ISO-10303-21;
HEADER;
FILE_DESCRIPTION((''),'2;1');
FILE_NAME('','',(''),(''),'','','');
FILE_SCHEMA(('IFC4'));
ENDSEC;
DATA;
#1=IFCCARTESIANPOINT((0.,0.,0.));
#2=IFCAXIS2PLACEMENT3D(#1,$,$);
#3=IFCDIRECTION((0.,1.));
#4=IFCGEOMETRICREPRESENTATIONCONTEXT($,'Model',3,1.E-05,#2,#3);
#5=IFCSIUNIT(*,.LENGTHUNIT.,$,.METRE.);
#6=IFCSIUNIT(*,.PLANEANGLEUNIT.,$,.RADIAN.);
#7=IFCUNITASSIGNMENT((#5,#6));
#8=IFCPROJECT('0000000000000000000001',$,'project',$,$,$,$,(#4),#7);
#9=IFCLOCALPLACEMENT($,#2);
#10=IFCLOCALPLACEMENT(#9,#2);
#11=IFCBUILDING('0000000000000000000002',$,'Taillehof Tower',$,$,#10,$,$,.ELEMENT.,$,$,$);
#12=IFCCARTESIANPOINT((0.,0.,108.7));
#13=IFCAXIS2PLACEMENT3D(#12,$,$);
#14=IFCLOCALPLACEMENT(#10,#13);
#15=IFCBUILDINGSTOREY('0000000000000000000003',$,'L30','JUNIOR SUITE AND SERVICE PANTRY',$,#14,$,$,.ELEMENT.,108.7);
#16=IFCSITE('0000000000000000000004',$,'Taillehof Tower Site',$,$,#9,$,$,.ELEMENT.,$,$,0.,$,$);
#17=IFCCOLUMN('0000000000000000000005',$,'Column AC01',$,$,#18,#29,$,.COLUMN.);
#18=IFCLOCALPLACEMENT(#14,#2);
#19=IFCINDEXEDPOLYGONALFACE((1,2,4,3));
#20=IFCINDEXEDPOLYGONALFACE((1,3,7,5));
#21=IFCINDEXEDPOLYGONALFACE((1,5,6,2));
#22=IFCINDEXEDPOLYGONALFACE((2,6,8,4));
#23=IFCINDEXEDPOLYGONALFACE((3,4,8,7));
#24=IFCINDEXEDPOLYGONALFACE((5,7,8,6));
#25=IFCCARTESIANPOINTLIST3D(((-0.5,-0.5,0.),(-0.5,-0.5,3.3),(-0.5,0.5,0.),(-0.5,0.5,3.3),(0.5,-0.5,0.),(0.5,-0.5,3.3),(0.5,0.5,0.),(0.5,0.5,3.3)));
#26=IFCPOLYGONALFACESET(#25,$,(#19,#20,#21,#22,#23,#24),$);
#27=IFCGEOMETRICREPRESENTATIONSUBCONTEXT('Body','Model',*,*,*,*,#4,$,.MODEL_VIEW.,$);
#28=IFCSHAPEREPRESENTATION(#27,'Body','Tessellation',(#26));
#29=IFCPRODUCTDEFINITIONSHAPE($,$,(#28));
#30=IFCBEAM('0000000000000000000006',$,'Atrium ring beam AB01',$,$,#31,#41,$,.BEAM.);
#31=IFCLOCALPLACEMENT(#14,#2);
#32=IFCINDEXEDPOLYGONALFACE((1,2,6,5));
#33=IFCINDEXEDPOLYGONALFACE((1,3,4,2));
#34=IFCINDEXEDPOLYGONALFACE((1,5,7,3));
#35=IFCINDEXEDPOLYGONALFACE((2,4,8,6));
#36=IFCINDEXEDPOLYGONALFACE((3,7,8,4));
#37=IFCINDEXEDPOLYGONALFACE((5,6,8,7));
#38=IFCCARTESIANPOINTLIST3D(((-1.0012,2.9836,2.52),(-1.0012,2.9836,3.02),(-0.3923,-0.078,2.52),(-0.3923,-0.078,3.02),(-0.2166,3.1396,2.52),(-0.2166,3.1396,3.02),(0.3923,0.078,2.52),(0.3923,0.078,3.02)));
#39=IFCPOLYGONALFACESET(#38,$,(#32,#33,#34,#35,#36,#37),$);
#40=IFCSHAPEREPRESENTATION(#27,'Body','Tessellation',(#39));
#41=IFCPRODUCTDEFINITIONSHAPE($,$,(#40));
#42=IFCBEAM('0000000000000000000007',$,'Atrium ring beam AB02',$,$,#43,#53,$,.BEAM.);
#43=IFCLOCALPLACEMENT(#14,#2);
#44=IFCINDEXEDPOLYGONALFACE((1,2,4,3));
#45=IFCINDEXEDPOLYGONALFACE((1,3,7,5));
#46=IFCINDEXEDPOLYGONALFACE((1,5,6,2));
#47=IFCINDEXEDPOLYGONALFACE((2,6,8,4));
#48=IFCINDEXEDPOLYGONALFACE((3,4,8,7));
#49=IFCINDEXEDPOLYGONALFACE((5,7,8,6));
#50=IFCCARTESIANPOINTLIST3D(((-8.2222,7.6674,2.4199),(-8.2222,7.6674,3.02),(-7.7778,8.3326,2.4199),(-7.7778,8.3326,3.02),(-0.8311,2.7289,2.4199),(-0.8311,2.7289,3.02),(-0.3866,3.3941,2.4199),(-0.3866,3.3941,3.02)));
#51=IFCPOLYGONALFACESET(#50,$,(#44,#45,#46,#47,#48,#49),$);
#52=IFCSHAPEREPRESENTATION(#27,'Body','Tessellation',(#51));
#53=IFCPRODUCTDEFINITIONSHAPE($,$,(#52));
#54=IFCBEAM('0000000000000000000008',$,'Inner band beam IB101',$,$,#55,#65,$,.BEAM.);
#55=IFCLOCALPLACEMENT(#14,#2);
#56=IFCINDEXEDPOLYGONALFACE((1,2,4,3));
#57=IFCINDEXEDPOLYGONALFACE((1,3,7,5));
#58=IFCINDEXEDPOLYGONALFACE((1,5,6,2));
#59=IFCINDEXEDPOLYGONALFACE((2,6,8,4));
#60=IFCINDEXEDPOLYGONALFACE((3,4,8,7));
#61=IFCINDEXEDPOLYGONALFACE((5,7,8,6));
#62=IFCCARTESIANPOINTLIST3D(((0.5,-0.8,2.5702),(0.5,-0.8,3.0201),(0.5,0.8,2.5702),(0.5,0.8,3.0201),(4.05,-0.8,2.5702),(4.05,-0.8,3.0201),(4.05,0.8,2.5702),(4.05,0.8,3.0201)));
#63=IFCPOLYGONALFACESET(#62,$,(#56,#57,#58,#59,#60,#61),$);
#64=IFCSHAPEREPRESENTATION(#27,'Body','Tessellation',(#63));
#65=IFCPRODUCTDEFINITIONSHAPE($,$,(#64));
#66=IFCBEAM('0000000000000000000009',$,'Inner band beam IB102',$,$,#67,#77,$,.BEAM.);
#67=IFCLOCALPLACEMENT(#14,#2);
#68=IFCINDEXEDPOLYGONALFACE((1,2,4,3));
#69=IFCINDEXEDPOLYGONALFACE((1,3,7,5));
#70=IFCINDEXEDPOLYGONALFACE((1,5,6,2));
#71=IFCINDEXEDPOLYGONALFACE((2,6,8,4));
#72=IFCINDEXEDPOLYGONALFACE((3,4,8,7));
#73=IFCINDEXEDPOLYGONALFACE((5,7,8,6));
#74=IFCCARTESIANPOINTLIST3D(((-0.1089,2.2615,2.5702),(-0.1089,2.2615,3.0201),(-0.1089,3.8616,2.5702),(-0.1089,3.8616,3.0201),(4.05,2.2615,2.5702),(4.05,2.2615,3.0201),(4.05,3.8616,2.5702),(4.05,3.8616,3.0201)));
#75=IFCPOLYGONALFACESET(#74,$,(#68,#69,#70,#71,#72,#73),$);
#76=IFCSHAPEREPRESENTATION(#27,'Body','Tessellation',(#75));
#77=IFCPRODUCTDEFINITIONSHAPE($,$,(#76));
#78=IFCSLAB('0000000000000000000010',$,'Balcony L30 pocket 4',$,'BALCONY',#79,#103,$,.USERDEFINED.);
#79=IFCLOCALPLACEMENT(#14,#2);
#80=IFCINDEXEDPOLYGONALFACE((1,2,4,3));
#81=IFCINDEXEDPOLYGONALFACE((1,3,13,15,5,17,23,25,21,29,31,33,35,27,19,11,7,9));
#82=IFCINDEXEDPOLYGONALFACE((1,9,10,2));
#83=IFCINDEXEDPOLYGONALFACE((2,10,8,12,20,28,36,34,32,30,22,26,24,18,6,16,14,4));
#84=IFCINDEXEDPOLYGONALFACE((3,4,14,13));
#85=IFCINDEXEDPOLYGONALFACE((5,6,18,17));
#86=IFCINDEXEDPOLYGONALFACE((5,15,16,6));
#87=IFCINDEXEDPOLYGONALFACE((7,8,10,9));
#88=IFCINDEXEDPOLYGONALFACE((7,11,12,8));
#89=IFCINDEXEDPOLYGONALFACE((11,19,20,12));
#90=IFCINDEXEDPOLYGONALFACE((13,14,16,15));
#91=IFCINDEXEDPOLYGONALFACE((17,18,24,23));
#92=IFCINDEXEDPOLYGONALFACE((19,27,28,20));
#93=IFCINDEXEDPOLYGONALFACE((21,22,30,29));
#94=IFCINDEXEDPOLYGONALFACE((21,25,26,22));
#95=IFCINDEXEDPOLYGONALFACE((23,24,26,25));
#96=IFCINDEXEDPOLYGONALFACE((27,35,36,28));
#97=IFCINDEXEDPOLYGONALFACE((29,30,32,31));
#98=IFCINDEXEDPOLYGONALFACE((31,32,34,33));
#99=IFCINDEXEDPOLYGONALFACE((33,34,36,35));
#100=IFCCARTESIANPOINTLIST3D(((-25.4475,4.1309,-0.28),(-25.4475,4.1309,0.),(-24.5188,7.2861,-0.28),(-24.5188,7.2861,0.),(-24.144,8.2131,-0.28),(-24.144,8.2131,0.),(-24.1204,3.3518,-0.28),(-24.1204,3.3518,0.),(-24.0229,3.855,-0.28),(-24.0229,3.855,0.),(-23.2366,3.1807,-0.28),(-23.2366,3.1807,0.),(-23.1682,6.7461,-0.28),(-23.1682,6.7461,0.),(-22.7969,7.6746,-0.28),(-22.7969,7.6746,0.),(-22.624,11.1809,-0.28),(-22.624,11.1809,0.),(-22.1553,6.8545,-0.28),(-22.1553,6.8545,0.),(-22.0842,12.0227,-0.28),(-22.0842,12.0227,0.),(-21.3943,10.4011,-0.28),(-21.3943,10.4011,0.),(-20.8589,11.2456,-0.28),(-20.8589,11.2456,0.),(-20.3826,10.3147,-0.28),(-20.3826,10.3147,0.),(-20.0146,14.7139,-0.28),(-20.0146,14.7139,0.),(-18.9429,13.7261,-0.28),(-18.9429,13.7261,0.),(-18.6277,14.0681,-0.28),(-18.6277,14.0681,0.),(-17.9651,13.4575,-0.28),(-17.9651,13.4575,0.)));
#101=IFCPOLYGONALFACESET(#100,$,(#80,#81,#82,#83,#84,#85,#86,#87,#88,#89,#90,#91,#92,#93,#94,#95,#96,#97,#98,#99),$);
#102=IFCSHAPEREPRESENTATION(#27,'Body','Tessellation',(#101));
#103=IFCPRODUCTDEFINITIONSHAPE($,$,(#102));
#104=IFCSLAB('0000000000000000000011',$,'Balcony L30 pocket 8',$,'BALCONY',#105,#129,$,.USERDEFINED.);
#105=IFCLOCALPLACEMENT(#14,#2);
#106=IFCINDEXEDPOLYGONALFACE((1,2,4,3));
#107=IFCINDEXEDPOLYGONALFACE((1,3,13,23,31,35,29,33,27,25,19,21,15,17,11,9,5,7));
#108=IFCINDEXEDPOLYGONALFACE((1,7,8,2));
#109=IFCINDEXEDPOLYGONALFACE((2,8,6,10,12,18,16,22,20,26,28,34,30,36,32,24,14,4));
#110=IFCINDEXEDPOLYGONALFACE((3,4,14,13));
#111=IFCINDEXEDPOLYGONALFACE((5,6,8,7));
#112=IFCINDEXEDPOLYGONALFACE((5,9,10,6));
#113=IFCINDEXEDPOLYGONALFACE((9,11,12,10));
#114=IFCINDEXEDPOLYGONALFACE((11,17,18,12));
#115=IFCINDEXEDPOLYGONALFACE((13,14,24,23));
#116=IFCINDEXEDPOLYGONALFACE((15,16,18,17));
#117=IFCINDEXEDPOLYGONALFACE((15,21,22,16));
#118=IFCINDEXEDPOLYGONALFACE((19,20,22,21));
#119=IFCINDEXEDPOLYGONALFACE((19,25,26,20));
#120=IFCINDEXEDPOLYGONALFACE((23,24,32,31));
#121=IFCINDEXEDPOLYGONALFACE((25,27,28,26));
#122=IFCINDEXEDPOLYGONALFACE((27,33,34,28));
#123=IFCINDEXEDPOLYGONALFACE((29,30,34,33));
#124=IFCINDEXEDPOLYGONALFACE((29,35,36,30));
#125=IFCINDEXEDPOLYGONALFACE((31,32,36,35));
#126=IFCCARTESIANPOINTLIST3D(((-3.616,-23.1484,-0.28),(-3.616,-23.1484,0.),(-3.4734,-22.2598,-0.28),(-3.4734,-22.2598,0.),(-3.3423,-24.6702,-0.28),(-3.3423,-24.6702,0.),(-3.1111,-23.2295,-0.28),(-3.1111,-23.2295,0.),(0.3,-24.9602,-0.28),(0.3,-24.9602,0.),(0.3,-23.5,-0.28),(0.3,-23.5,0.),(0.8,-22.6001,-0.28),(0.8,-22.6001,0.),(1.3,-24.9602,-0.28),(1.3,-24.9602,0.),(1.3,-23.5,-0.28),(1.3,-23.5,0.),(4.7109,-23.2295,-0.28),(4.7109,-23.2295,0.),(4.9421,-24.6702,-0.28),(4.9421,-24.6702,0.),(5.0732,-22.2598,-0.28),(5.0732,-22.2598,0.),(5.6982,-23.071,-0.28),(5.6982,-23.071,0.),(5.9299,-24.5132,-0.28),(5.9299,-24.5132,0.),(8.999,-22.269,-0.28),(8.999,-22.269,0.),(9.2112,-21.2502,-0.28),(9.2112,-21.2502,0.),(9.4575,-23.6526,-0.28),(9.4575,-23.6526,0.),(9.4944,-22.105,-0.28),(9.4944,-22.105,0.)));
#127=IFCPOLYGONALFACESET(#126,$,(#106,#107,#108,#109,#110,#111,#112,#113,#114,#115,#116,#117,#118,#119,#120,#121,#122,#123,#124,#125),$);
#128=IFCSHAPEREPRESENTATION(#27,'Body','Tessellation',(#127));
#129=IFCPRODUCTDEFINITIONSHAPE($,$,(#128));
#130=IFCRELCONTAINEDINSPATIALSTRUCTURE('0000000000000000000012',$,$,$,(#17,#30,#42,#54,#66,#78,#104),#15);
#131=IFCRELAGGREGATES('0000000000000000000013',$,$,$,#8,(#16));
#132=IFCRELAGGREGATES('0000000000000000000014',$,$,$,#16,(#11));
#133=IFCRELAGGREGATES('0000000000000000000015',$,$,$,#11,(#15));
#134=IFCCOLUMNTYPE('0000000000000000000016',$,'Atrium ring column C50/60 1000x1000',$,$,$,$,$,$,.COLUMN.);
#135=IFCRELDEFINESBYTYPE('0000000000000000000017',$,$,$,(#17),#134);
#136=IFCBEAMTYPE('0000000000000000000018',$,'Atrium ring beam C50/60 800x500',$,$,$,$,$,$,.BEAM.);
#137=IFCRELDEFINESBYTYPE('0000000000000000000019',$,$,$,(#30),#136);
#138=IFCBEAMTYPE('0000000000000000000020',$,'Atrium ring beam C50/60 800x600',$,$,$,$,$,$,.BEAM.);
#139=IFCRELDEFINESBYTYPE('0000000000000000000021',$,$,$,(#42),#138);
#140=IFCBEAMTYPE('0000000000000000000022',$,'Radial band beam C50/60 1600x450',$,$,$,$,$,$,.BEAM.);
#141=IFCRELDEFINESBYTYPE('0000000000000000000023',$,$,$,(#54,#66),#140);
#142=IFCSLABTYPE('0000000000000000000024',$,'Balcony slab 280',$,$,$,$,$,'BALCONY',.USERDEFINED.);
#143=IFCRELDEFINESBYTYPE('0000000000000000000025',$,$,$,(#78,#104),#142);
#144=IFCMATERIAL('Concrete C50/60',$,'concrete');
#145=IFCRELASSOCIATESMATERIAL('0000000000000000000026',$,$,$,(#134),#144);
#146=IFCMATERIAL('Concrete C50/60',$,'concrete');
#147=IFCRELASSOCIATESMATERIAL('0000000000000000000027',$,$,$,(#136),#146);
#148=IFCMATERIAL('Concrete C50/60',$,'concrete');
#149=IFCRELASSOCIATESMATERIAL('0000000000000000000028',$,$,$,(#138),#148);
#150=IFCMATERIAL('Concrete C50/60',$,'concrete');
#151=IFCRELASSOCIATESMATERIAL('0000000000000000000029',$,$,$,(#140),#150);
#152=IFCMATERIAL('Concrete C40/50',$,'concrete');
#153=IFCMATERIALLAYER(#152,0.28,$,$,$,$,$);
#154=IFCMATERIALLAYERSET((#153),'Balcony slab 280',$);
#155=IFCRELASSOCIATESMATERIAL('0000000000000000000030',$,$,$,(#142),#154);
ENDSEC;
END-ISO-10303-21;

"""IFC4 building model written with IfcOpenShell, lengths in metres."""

from ifc_helpers import new_model, si_unit, direction, frame, origin, origin_with_axes, origin_2d, place, context, subcontext, project, spatial, polyline, rectangle, outline, extrude, material, layer, layer_set, material_profile, profile_set, type_object, element, save


model = new_model("IFC4")

# Units and contexts
model_context = context("Model", 3, precision=1e-05, world=origin(), true_north=direction((0.0, 1.0)))
body_context = subcontext(model_context, "Body", "Model", "MODEL_VIEW")
ifc_project = project(units=[si_unit("LENGTHUNIT", "METRE"), si_unit("PLANEANGLEUNIT", "RADIAN")], contexts=[model_context])

# Site, building, storey
site_placement = place(None, origin())
site = spatial("IfcSite", under=ifc_project, at=site_placement, Name="Taillehof Tower Site", CompositionType="ELEMENT", RefElevation=0.0)
building_placement = place(site_placement, origin())
building = spatial("IfcBuilding", under=site, at=building_placement, Name="Taillehof Tower", CompositionType="ELEMENT")
storey_placement = place(building_placement, frame((0.0, 0.0, 108.7)))
storey = spatial("IfcBuildingStorey", under=building, at=storey_placement, Name="L30", Description="JUNIOR SUITE AND SERVICE PANTRY", CompositionType="ELEMENT", Elevation=108.7)

# Column
ifc_material_1 = material(Name="Concrete C50/60", Category="concrete")
ifc_material_profile_1 = material_profile(ifc_material_1, rectangle(XDim=1.0, YDim=1.0, at=origin_2d()), Name="RC 1000x1000")
ifc_profile_set_1 = profile_set([ifc_material_profile_1], Name="Concrete C50/60")
column_type = type_object("IfcColumnType", Name="Atrium ring column C50/60 1000x1000", PredefinedType="COLUMN", material=ifc_profile_set_1)
column_placement = place(storey_placement, origin_with_axes())
element("IfcColumn", 1, at=column_placement, inside=storey, type_object=column_type, Name="Column AC01", PredefinedType="COLUMN", context=body_context, shape_type="SweptSolid", body=[
    extrude(rectangle(XDim=1.0, YDim=1.0, at=origin_2d()), origin(), (0.0, 0.0, 1.0), 3.3),
])

# Beams
ifc_material_2 = material(Name="Concrete C50/60", Category="concrete")
ifc_material_profile_2 = material_profile(ifc_material_2, rectangle(XDim=0.8, YDim=0.5, at=origin_2d()), Name="RC 800x500")
ifc_profile_set_2 = profile_set([ifc_material_profile_2], Name="Concrete C50/60")
beam_type_1 = type_object("IfcBeamType", Name="Atrium ring beam C50/60 800x500", PredefinedType="BEAM", material=ifc_profile_set_2)
beam_1_placement = place(storey_placement, frame((0.0, 0.0, 2.77), z_axis=(-0.195063, 0.980791, 0.0), x_axis=(-0.980791, -0.195063, 0.0)))
element("IfcBeam", 2, at=beam_1_placement, inside=storey, type_object=beam_type_1, Name="Atrium ring beam AB01", PredefinedType="BEAM", context=body_context, shape_type="SweptSolid", body=[
    extrude(rectangle(XDim=0.8, YDim=0.5, at=origin_2d()), origin(), (0.0, 0.0, 1.0), 3.1216),
])
ifc_material_3 = material(Name="Concrete C50/60", Category="concrete")
ifc_material_profile_3 = material_profile(ifc_material_3, rectangle(XDim=0.8, YDim=0.6001, at=origin_2d()), Name="RC 800x600")
ifc_profile_set_3 = profile_set([ifc_material_profile_3], Name="Concrete C50/60")
beam_type_2 = type_object("IfcBeamType", Name="Atrium ring beam C50/60 800x600", PredefinedType="BEAM", material=ifc_profile_set_3)
beam_2_placement = place(storey_placement, frame((-0.6089, 3.0615, 2.72), z_axis=(-0.831475, 0.555562, 0.0), x_axis=(-0.555562, -0.831475, 0.0)))
element("IfcBeam", 3, at=beam_2_placement, inside=storey, type_object=beam_type_2, Name="Atrium ring beam AB02", PredefinedType="BEAM", context=body_context, shape_type="SweptSolid", body=[
    extrude(rectangle(XDim=0.8, YDim=0.6001, at=origin_2d()), origin(), (0.0, 0.0, 1.0), 8.8892),
])
ifc_material_4 = material(Name="Concrete C50/60", Category="concrete")
ifc_material_profile_4 = material_profile(ifc_material_4, rectangle(XDim=1.6001, YDim=0.45, at=origin_2d()), Name="RC 1600x450")
ifc_profile_set_4 = profile_set([ifc_material_profile_4], Name="Concrete C50/60")
beam_type_3 = type_object("IfcBeamType", Name="Radial band beam C50/60 1600x450", PredefinedType="BEAM", material=ifc_profile_set_4)
beam_3_placement = place(storey_placement, frame((0.5, 0.0, 2.7952), z_axis=(1.0, 0.0, 0.0), x_axis=(0.0, 1.0, 0.0)))
element("IfcBeam", 4, at=beam_3_placement, inside=storey, type_object=beam_type_3, Name="Inner band beam IB101", PredefinedType="BEAM", context=body_context, shape_type="SweptSolid", body=[
    extrude(rectangle(XDim=1.6001, YDim=0.45, at=origin_2d()), origin(), (0.0, 0.0, 1.0), 3.55),
])
beam_4_placement = place(storey_placement, frame((-0.1089, 3.0615, 2.7952), z_axis=(1.0, 0.0, 0.0), x_axis=(0.0, 1.0, 0.0)))
element("IfcBeam", 5, at=beam_4_placement, inside=storey, type_object=beam_type_3, Name="Inner band beam IB102", PredefinedType="BEAM", context=body_context, shape_type="SweptSolid", body=[
    extrude(rectangle(XDim=1.6001, YDim=0.45, at=origin_2d()), origin(), (0.0, 0.0, 1.0), 4.1589),
])

# Slabs
ifc_material_5 = material(Name="Concrete C40/50", Category="concrete")
ifc_layer_1 = layer(ifc_material_5, 0.28)
ifc_layer_set_1 = layer_set([ifc_layer_1], Name="Balcony slab 280")
slab_type_1 = type_object("IfcSlabType", Name="Balcony slab 280", ElementType="BALCONY", PredefinedType="USERDEFINED", material=ifc_layer_set_1)
slab_1_placement = place(storey_placement, frame((0.0, 0.0, -0.28)))
element("IfcSlab", 6, at=slab_1_placement, inside=storey, type_object=slab_type_1, Name="Balcony L30 pocket 4", ObjectType="BALCONY", PredefinedType="USERDEFINED", context=body_context, shape_type="SweptSolid", body=[
    extrude(outline(polyline([(-23.2366, 3.1807), (-24.1204, 3.3518), (-24.0229, 3.855), (-25.4475, 4.1309), (-24.5188, 7.2861), (-23.1682, 6.7461), (-22.7969, 7.6746), (-24.144, 8.2131), (-22.624, 11.1809), (-21.3943, 10.4011), (-20.8589, 11.2456), (-22.0842, 12.0227), (-20.0146, 14.7139), (-18.9429, 13.7261), (-18.6277, 14.0681), (-17.9651, 13.4575), (-20.3826, 10.3147), (-22.1553, 6.8545), (-23.2366, 3.1807)])), origin(), (0.0, 0.0, 1.0), 0.28),
])
slab_2_placement = place(storey_placement, frame((0.0, 0.0, -0.28)))
element("IfcSlab", 7, at=slab_2_placement, inside=storey, type_object=slab_type_1, Name="Balcony L30 pocket 8", ObjectType="BALCONY", PredefinedType="USERDEFINED", context=body_context, shape_type="SweptSolid", body=[
    extrude(outline(polyline([(9.2112, -21.2502), (9.4944, -22.105), (8.999, -22.269), (9.4575, -23.6526), (5.9299, -24.5132), (5.6982, -23.071), (4.7109, -23.2295), (4.9421, -24.6702), (1.3, -24.9602), (1.3, -23.5), (0.3, -23.5), (0.3, -24.9602), (-3.3423, -24.6702), (-3.1111, -23.2295), (-3.616, -23.1484), (-3.4734, -22.2598), (0.8, -22.6001), (5.0732, -22.2598), (9.2112, -21.2502)])), origin(), (0.0, 0.0, 1.0), 0.28),
])

save(model, "model.ifc")
